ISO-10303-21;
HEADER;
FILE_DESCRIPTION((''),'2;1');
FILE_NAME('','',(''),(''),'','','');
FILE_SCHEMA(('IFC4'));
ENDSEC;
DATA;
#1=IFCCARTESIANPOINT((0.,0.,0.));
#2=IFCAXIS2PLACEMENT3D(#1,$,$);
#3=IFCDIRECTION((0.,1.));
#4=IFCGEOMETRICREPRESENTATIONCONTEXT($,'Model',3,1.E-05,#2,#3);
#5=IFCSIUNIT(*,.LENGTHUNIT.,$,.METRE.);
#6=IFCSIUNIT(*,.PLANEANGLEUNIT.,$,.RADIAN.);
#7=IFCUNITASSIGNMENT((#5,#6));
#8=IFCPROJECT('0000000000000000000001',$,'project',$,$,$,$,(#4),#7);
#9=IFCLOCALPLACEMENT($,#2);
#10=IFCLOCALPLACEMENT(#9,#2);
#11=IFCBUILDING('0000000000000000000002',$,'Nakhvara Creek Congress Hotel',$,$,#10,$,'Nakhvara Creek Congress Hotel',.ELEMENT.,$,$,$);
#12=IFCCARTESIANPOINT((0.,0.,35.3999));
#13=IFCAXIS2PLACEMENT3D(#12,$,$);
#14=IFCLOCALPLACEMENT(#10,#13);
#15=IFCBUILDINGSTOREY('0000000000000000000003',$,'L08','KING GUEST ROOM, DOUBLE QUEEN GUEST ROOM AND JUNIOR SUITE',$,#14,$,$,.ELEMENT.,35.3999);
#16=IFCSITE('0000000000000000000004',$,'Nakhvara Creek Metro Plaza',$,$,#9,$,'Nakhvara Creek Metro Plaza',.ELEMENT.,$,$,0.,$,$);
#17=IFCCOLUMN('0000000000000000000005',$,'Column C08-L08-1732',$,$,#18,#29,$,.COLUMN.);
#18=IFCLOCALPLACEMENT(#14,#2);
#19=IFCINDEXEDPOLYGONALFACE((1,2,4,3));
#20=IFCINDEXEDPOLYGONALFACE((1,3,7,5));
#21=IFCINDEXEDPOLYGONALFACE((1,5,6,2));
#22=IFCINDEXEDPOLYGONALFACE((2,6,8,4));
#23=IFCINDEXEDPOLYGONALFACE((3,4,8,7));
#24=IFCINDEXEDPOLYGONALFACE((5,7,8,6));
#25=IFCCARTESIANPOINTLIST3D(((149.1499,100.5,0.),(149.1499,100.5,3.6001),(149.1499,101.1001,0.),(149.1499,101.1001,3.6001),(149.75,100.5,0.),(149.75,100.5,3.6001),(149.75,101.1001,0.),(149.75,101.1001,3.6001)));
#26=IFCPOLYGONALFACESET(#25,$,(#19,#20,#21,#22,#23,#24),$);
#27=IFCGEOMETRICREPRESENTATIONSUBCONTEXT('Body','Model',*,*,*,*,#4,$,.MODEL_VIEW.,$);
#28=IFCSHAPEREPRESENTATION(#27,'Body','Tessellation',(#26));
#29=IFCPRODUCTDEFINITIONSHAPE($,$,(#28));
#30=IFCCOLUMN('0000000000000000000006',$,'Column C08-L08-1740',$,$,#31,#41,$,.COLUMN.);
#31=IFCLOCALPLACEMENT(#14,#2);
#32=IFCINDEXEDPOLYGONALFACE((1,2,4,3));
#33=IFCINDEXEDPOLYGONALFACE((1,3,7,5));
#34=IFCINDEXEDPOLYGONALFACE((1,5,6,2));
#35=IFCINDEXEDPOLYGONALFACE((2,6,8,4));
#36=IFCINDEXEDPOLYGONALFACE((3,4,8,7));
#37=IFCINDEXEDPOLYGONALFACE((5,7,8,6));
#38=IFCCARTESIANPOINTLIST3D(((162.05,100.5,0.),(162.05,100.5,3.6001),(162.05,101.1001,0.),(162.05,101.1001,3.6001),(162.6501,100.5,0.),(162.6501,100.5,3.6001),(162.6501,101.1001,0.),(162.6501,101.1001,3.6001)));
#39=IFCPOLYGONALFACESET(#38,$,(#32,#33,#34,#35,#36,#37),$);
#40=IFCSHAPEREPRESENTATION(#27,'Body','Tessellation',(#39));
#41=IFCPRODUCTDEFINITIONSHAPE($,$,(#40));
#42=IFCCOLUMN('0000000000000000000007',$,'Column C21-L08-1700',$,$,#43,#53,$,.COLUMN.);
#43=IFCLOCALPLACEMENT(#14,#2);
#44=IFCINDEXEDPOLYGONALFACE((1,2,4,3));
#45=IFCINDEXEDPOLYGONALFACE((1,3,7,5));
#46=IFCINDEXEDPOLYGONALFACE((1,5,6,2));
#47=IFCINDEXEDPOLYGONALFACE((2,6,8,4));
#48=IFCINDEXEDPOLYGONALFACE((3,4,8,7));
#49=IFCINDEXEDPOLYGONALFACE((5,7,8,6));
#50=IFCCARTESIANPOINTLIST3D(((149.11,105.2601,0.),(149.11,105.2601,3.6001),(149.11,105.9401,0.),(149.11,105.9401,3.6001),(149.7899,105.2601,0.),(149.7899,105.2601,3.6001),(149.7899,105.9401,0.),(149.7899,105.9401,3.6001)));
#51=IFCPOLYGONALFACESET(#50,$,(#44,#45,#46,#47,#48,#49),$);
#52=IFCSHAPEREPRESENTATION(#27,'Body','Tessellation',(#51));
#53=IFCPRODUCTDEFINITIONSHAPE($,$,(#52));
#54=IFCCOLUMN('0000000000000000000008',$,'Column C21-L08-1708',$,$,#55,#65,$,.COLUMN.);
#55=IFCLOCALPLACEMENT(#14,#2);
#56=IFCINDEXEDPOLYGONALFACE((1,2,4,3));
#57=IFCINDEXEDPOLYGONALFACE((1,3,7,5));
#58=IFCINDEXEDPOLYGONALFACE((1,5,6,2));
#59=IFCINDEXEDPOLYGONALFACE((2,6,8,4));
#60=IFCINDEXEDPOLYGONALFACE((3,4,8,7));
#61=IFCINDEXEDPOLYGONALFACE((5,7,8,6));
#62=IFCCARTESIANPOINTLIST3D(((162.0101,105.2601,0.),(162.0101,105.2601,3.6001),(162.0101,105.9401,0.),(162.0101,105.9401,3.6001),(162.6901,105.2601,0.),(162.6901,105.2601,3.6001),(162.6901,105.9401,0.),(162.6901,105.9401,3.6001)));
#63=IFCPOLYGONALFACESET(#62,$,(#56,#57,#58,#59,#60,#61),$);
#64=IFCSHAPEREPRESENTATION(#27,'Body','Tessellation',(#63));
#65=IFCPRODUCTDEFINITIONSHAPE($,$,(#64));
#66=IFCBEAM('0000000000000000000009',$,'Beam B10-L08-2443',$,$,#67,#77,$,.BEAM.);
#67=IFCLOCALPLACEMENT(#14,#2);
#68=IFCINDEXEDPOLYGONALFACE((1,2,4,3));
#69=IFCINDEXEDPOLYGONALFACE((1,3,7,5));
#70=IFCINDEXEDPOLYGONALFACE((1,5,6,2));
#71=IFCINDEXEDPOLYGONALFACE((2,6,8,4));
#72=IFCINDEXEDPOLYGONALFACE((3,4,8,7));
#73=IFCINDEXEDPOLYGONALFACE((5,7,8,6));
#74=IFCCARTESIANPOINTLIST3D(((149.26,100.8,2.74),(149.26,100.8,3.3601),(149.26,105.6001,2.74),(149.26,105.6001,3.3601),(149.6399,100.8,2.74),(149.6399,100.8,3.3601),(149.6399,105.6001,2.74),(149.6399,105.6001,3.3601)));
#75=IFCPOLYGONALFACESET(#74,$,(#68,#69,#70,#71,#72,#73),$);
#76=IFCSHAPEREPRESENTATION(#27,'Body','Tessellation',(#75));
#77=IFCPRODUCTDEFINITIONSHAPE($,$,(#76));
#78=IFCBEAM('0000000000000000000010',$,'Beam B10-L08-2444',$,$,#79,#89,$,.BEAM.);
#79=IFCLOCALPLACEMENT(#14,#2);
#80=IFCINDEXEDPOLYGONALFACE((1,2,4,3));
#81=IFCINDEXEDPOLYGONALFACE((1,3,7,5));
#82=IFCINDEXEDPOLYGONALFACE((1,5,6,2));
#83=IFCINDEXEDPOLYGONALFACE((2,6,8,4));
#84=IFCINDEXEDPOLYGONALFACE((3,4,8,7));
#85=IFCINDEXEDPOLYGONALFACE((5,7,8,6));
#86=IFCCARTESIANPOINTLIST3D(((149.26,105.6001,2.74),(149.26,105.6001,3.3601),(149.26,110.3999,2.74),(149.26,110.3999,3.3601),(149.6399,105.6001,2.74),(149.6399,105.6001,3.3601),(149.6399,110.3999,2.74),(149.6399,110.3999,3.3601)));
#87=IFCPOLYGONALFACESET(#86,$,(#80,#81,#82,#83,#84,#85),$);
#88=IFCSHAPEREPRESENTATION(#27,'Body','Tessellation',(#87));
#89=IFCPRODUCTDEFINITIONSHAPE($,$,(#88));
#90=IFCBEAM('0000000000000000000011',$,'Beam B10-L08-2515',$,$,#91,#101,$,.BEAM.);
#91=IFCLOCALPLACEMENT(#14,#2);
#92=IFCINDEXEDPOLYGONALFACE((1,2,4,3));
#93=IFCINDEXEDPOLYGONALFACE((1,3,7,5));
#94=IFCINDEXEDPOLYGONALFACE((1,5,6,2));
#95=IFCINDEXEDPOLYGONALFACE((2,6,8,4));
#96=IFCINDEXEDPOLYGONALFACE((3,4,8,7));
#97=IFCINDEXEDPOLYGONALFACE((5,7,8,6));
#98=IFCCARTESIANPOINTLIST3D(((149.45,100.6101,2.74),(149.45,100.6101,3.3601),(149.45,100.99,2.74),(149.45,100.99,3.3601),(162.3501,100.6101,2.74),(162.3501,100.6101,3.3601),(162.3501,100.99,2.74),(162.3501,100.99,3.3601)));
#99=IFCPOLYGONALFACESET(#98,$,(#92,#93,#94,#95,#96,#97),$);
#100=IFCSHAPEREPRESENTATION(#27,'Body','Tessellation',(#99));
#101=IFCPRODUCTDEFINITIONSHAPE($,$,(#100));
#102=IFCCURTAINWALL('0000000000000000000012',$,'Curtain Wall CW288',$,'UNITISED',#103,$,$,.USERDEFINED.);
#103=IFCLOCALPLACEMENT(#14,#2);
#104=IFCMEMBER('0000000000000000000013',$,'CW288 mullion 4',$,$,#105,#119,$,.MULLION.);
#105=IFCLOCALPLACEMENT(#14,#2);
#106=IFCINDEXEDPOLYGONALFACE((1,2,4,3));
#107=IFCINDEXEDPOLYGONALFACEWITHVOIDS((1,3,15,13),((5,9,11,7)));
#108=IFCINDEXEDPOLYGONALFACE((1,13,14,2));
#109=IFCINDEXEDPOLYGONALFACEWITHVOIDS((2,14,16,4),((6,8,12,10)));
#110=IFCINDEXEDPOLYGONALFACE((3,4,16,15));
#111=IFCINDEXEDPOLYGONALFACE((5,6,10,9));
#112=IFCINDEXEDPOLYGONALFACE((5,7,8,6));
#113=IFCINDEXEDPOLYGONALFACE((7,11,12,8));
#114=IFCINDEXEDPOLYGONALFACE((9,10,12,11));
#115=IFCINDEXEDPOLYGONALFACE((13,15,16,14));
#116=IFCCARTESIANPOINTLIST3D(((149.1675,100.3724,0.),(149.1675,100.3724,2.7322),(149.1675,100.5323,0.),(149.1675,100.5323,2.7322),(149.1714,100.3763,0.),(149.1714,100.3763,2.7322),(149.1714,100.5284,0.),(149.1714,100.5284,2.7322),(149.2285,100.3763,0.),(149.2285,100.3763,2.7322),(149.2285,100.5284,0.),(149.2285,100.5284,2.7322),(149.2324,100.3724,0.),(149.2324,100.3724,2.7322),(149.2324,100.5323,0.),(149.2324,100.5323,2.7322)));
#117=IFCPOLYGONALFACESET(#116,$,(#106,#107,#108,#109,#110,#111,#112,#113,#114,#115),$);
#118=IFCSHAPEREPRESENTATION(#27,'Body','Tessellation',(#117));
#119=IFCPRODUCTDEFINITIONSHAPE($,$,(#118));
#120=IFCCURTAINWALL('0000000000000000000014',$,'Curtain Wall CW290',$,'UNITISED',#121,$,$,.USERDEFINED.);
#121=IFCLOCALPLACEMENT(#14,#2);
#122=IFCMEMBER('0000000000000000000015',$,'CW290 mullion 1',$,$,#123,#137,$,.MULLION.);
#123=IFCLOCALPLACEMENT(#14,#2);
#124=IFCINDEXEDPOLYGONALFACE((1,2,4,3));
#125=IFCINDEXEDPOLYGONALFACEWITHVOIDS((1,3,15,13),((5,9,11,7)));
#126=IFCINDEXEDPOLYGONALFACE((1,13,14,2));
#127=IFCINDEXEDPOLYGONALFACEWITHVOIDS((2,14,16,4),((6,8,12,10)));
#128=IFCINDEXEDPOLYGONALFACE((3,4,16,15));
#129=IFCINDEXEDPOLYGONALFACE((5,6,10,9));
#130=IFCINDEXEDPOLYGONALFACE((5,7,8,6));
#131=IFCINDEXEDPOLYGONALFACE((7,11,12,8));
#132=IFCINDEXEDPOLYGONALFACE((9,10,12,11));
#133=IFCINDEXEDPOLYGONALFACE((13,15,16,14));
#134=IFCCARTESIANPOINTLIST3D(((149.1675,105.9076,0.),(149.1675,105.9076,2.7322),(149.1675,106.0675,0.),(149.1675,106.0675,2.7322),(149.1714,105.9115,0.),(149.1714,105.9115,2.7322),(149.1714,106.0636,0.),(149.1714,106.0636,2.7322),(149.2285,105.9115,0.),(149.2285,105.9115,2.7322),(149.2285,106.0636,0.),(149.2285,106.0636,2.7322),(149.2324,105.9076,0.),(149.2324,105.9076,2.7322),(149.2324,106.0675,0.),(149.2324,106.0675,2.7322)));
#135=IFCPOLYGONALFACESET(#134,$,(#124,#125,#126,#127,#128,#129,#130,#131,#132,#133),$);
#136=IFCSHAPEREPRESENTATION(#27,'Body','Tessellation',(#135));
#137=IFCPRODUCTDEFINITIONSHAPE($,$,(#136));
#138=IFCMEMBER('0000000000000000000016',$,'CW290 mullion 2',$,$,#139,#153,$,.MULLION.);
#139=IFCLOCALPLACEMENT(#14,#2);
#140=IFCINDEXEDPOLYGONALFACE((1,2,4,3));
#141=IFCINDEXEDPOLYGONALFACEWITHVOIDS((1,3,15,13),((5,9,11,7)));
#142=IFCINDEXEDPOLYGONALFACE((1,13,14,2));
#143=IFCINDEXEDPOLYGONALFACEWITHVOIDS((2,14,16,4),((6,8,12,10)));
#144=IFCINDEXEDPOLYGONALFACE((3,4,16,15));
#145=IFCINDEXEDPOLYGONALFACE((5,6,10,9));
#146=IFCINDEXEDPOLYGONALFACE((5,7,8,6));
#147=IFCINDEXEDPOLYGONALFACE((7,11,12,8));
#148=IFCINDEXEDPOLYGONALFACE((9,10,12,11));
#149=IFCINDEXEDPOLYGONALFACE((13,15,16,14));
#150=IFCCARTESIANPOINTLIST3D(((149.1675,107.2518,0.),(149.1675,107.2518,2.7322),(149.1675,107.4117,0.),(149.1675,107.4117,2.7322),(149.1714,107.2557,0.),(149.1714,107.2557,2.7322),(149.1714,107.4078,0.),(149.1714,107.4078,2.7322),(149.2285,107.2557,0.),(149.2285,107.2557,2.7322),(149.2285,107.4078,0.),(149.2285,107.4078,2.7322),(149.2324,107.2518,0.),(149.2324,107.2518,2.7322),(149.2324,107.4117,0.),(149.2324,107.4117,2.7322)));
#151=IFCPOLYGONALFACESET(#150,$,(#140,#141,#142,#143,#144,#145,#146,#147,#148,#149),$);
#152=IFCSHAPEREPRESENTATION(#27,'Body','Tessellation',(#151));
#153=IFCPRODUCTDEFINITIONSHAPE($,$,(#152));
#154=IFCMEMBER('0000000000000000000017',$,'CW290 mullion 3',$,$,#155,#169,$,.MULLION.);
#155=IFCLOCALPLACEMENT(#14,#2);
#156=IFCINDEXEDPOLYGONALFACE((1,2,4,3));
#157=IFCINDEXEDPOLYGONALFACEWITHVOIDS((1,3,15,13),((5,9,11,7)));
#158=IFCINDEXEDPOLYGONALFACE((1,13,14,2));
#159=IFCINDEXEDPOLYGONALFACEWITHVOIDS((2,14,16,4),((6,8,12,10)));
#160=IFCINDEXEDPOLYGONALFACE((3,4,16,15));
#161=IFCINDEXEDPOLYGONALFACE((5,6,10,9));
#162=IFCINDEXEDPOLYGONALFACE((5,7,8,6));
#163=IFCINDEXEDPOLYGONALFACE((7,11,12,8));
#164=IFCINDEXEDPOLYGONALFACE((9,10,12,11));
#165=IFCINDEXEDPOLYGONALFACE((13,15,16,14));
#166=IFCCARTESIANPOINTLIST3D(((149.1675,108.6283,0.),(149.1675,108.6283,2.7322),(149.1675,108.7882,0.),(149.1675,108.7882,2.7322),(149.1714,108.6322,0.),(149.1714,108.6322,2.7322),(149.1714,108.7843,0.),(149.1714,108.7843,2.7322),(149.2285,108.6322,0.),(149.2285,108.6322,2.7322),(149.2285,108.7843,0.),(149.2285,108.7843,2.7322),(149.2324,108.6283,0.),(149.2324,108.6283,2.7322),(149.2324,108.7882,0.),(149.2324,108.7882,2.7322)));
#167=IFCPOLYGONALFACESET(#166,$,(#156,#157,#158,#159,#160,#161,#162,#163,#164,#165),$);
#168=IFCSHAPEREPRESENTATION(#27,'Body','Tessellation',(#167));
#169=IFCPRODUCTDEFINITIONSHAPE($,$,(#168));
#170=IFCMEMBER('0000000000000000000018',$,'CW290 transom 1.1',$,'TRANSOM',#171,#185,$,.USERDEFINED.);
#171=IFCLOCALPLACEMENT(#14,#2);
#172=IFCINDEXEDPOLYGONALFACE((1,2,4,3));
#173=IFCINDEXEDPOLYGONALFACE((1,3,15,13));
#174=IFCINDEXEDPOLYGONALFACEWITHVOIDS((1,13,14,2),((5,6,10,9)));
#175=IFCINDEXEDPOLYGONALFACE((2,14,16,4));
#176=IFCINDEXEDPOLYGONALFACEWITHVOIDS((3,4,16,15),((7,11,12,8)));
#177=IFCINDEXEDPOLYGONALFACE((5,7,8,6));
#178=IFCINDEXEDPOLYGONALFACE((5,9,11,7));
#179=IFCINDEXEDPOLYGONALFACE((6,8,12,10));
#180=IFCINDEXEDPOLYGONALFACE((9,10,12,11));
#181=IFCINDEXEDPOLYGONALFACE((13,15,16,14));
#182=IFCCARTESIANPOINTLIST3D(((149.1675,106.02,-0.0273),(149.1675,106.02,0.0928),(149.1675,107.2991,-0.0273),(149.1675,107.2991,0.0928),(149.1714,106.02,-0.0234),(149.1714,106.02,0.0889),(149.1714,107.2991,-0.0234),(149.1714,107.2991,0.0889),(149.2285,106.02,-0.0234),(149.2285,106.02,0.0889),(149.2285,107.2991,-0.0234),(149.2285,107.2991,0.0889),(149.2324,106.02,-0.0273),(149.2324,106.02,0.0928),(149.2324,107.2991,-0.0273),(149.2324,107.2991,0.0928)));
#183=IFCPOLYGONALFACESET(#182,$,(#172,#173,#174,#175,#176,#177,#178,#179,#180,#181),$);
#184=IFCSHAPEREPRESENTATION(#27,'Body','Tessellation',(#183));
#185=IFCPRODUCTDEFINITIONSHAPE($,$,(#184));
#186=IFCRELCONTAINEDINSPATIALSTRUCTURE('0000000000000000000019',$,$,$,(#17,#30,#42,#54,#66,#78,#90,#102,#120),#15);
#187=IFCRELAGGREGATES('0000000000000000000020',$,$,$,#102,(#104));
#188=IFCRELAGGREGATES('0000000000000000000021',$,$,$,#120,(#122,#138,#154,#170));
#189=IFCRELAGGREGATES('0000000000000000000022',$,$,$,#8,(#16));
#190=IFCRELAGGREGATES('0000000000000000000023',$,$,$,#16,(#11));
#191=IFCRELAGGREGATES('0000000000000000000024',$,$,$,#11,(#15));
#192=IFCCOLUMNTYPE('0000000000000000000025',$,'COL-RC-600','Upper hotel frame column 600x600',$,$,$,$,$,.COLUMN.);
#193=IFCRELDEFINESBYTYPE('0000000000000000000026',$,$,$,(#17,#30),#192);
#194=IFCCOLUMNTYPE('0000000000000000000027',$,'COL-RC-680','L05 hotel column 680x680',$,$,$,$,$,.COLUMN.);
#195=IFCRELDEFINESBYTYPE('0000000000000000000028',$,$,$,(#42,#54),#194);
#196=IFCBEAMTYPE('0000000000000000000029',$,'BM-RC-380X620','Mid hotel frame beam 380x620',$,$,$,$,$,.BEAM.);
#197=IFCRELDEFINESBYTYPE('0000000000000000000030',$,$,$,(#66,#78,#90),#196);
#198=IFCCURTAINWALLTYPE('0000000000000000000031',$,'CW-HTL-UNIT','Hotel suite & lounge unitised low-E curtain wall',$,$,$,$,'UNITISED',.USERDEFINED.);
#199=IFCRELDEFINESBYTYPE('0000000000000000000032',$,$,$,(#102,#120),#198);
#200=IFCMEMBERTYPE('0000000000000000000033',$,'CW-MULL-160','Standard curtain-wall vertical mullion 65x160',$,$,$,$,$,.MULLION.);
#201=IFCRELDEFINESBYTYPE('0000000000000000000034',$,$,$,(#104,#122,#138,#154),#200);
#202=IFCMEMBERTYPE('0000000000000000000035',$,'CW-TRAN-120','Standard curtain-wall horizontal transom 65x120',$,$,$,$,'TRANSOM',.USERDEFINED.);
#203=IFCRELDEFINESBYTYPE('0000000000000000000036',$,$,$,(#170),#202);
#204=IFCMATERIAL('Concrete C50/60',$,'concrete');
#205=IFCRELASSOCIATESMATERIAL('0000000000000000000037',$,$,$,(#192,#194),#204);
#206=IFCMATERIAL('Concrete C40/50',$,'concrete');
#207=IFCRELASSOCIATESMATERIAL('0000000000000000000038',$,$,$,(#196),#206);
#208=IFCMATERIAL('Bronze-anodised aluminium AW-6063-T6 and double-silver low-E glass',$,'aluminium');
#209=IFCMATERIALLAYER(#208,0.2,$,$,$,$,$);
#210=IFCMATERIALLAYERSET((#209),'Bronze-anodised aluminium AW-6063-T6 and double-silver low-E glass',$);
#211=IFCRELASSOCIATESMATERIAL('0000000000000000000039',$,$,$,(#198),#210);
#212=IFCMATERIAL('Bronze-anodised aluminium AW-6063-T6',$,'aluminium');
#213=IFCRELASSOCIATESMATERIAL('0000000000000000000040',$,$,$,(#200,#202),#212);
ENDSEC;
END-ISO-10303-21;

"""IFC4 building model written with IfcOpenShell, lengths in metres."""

from ifc_helpers import new_model, si_unit, direction, frame, origin, origin_2d, place, context, subcontext, project, spatial, rectangle, hollow_rectangle, extrude, material, layer, layer_set, material_profile, profile_set, type_object, element, aggregate, save


model = new_model("IFC4")

# Units and contexts
model_context = context("Model", 3, precision=1e-05, world=origin(), true_north=direction((0.0, 1.0)))
body_context = subcontext(model_context, "Body", "Model", "MODEL_VIEW")
ifc_project = project(units=[si_unit("LENGTHUNIT", "METRE"), si_unit("PLANEANGLEUNIT", "RADIAN")], contexts=[model_context])

# Site, building, storey
site_placement = place(None, origin())
site = spatial("IfcSite", under=ifc_project, at=site_placement, Name="Nakhvara Creek Metro Plaza", LongName="Nakhvara Creek Metro Plaza", CompositionType="ELEMENT", RefElevation=0.0)
building_placement = place(site_placement, origin())
building = spatial("IfcBuilding", under=site, at=building_placement, Name="Nakhvara Creek Congress Hotel", LongName="Nakhvara Creek Congress Hotel", CompositionType="ELEMENT")
storey_placement = place(building_placement, frame((0.0, 0.0, 35.3999)))
storey = spatial("IfcBuildingStorey", under=building, at=storey_placement, Name="L08", Description="KING GUEST ROOM, DOUBLE QUEEN GUEST ROOM AND JUNIOR SUITE", CompositionType="ELEMENT", Elevation=35.3999)

# Columns
ifc_material_1 = material(Name="Concrete C50/60", Category="concrete")
ifc_material_profile_1 = material_profile(ifc_material_1, rectangle(XDim=0.6001, YDim=0.6001, at=origin_2d()), Name="RC-COL 600x600", Category="LoadBearing")
ifc_profile_set_1 = profile_set([ifc_material_profile_1], Name="Concrete C50/60")
column_type_1 = type_object("IfcColumnType", Name="COL-RC-600", Description="Upper hotel frame column 600x600", PredefinedType="COLUMN", material=ifc_profile_set_1)
for number, where, z_axis, x_axis, name in (
    (1, (149.45, 100.8, 0.0), (0.0, 0.0, 1.0), (1.0, 0.0, 0.0), "Column C08-L08-1732"),
    (2, (162.3501, 100.8, 0.0), (0.0, 0.0, 1.0), (1.0, 0.0, 0.0), "Column C08-L08-1740"),
):
    element("IfcColumn", number, at=place(storey_placement, frame(where, z_axis=z_axis, x_axis=x_axis)), inside=storey, type_object=column_type_1, Name=name, PredefinedType="COLUMN", context=body_context, shape_type="SweptSolid", body=[
        extrude(rectangle(XDim=0.6001, YDim=0.6001, at=origin_2d()), origin(), (0.0, 0.0, 1.0), 3.6001),
    ])
ifc_material_profile_2 = material_profile(ifc_material_1, rectangle(XDim=0.6799, YDim=0.6799, at=origin_2d()), Name="RC-COL 680x680", Category="LoadBearing")
ifc_profile_set_2 = profile_set([ifc_material_profile_2], Name="Concrete C50/60")
column_type_2 = type_object("IfcColumnType", Name="COL-RC-680", Description="L05 hotel column 680x680", PredefinedType="COLUMN", material=ifc_profile_set_2)
for number, where, z_axis, x_axis, name in (
    (3, (149.45, 105.6001, 0.0), (0.0, 0.0, 1.0), (1.0, 0.0, 0.0), "Column C21-L08-1700"),
    (4, (162.3501, 105.6001, 0.0), (0.0, 0.0, 1.0), (1.0, 0.0, 0.0), "Column C21-L08-1708"),
):
    element("IfcColumn", number, at=place(storey_placement, frame(where, z_axis=z_axis, x_axis=x_axis)), inside=storey, type_object=column_type_2, Name=name, PredefinedType="COLUMN", context=body_context, shape_type="SweptSolid", body=[
        extrude(rectangle(XDim=0.6799, YDim=0.6799, at=origin_2d()), origin(), (0.0, 0.0, 1.0), 3.6001),
    ])

# Beams
ifc_material_2 = material(Name="Concrete C40/50", Category="concrete")
ifc_material_profile_3 = material_profile(ifc_material_2, rectangle(XDim=0.3799, YDim=0.6201, at=origin_2d()), Name="RC-BM 380x620", Category="LoadBearing")
ifc_profile_set_3 = profile_set([ifc_material_profile_3], Name="Concrete C40/50")
beam_type = type_object("IfcBeamType", Name="BM-RC-380X620", Description="Mid hotel frame beam 380x620", PredefinedType="BEAM", material=ifc_profile_set_3)
beam_1_placement = place(storey_placement, frame((149.45, 100.8, 3.05), z_axis=(0.0, 1.0, 0.0), x_axis=(-1.0, 0.0, 0.0)))
element("IfcBeam", 5, at=beam_1_placement, inside=storey, type_object=beam_type, Name="Beam B10-L08-2443", PredefinedType="BEAM", context=body_context, shape_type="SweptSolid", body=[
    extrude(rectangle(XDim=0.3799, YDim=0.6201, at=origin_2d()), origin(), (0.0, 0.0, 1.0), 4.8),
])
beam_2_placement = place(storey_placement, frame((149.45, 105.6001, 3.05), z_axis=(0.0, 1.0, 0.0), x_axis=(-1.0, 0.0, 0.0)))
element("IfcBeam", 6, at=beam_2_placement, inside=storey, type_object=beam_type, Name="Beam B10-L08-2444", PredefinedType="BEAM", context=body_context, shape_type="SweptSolid", body=[
    extrude(rectangle(XDim=0.3799, YDim=0.6201, at=origin_2d()), origin(), (0.0, 0.0, 1.0), 4.7998),
])
beam_3_placement = place(storey_placement, frame((149.45, 100.8, 3.05), z_axis=(1.0, 0.0, 0.0), x_axis=(0.0, 1.0, 0.0)))
element("IfcBeam", 7, at=beam_3_placement, inside=storey, type_object=beam_type, Name="Beam B10-L08-2515", PredefinedType="BEAM", context=body_context, shape_type="SweptSolid", body=[
    extrude(rectangle(XDim=0.3799, YDim=0.6201, at=origin_2d()), origin(), (0.0, 0.0, 1.0), 12.9001),
])

# Curtain wall, member
ifc_material_3 = material(Name="Bronze-anodised aluminium AW-6063-T6 and double-silver low-E glass", Category="aluminium")
ifc_layer_1 = layer(ifc_material_3, 0.2)
ifc_layer_set_1 = layer_set([ifc_layer_1], Name="Bronze-anodised aluminium AW-6063-T6 and double-silver low-E glass")
curtain_wall_type = type_object("IfcCurtainWallType", Name="CW-HTL-UNIT", Description="Hotel suite & lounge unitised low-E curtain wall", ElementType="UNITISED", PredefinedType="USERDEFINED", material=ifc_layer_set_1)
curtain_wall_1_placement = place(storey_placement, origin())
curtain_wall_1 = element("IfcCurtainWall", 8, at=curtain_wall_1_placement, inside=storey, type_object=curtain_wall_type, Name="Curtain Wall CW288", ObjectType="UNITISED", PredefinedType="USERDEFINED")
ifc_material_4 = material(Name="Bronze-anodised aluminium AW-6063-T6", Category="aluminium")
ifc_material_profile_4 = material_profile(ifc_material_4, hollow_rectangle(XDim=0.0649, YDim=0.1599, WallThickness=0.0039, at=origin_2d()), Name="ALU-MULL 65x160x4", Category="LoadBearing")
ifc_profile_set_4 = profile_set([ifc_material_profile_4], Name="Bronze-anodised aluminium AW-6063-T6")
member_type_1 = type_object("IfcMemberType", Name="CW-MULL-160", Description="Standard curtain-wall vertical mullion 65x160", PredefinedType="MULLION", material=ifc_profile_set_4)
member_1_placement = place(storey_placement, frame((149.2, 100.4524, 0.0), z_axis=(0.0, 0.0, 1.0), x_axis=(-1.0, 0.0, 0.0)))
member_1 = element("IfcMember", 9, at=member_1_placement, type_object=member_type_1, Name="CW288 mullion 4", PredefinedType="MULLION", context=body_context, shape_type="SweptSolid", body=[
    extrude(hollow_rectangle(XDim=0.0649, YDim=0.1599, WallThickness=0.0039, at=origin_2d()), origin(), (0.0, 0.0, 1.0), 2.7322),
])
aggregate(curtain_wall_1, [member_1])

# Curtain wall, members
curtain_wall_2_placement = place(storey_placement, origin())
curtain_wall_2 = element("IfcCurtainWall", 10, at=curtain_wall_2_placement, inside=storey, type_object=curtain_wall_type, Name="Curtain Wall CW290", ObjectType="UNITISED", PredefinedType="USERDEFINED")
member_2_placement = place(storey_placement, frame((149.2, 105.9875, 0.0), z_axis=(0.0, 0.0, 1.0), x_axis=(-1.0, 0.0, 0.0)))
member_2 = element("IfcMember", 11, at=member_2_placement, type_object=member_type_1, Name="CW290 mullion 1", PredefinedType="MULLION", context=body_context, shape_type="SweptSolid", body=[
    extrude(hollow_rectangle(XDim=0.0649, YDim=0.1599, WallThickness=0.0039, at=origin_2d()), origin(), (0.0, 0.0, 1.0), 2.7322),
])
member_3_placement = place(storey_placement, frame((149.2, 107.3318, 0.0), z_axis=(0.0, 0.0, 1.0), x_axis=(-1.0, 0.0, 0.0)))
member_3 = element("IfcMember", 12, at=member_3_placement, type_object=member_type_1, Name="CW290 mullion 2", PredefinedType="MULLION", context=body_context, shape_type="SweptSolid", body=[
    extrude(hollow_rectangle(XDim=0.0649, YDim=0.1599, WallThickness=0.0039, at=origin_2d()), origin(), (0.0, 0.0, 1.0), 2.7322),
])
member_4_placement = place(storey_placement, frame((149.2, 108.7083, 0.0), z_axis=(0.0, 0.0, 1.0), x_axis=(-1.0, 0.0, 0.0)))
member_4 = element("IfcMember", 13, at=member_4_placement, type_object=member_type_1, Name="CW290 mullion 3", PredefinedType="MULLION", context=body_context, shape_type="SweptSolid", body=[
    extrude(hollow_rectangle(XDim=0.0649, YDim=0.1599, WallThickness=0.0039, at=origin_2d()), origin(), (0.0, 0.0, 1.0), 2.7322),
])
ifc_material_profile_5 = material_profile(ifc_material_4, hollow_rectangle(XDim=0.0649, YDim=0.1201, WallThickness=0.0039, at=origin_2d()), Name="ALU-TRAN 65x120x4", Category="LoadBearing")
ifc_profile_set_5 = profile_set([ifc_material_profile_5], Name="Bronze-anodised aluminium AW-6063-T6")
member_type_2 = type_object("IfcMemberType", Name="CW-TRAN-120", Description="Standard curtain-wall horizontal transom 65x120", ElementType="TRANSOM", PredefinedType="USERDEFINED", material=ifc_profile_set_5)
member_5_placement = place(storey_placement, frame((149.2, 106.02, 0.0327), z_axis=(0.0, 1.0, 0.0), x_axis=(-1.0, 0.0, 0.0)))
member_5 = element("IfcMember", 14, at=member_5_placement, type_object=member_type_2, Name="CW290 transom 1.1", ObjectType="TRANSOM", PredefinedType="USERDEFINED", context=body_context, shape_type="SweptSolid", body=[
    extrude(hollow_rectangle(XDim=0.0649, YDim=0.1201, WallThickness=0.0039, at=origin_2d()), origin(), (0.0, 0.0, 1.0), 1.2791),
])
aggregate(curtain_wall_2, [member_2, member_3, member_4, member_5])

save(model, "model.ifc")
